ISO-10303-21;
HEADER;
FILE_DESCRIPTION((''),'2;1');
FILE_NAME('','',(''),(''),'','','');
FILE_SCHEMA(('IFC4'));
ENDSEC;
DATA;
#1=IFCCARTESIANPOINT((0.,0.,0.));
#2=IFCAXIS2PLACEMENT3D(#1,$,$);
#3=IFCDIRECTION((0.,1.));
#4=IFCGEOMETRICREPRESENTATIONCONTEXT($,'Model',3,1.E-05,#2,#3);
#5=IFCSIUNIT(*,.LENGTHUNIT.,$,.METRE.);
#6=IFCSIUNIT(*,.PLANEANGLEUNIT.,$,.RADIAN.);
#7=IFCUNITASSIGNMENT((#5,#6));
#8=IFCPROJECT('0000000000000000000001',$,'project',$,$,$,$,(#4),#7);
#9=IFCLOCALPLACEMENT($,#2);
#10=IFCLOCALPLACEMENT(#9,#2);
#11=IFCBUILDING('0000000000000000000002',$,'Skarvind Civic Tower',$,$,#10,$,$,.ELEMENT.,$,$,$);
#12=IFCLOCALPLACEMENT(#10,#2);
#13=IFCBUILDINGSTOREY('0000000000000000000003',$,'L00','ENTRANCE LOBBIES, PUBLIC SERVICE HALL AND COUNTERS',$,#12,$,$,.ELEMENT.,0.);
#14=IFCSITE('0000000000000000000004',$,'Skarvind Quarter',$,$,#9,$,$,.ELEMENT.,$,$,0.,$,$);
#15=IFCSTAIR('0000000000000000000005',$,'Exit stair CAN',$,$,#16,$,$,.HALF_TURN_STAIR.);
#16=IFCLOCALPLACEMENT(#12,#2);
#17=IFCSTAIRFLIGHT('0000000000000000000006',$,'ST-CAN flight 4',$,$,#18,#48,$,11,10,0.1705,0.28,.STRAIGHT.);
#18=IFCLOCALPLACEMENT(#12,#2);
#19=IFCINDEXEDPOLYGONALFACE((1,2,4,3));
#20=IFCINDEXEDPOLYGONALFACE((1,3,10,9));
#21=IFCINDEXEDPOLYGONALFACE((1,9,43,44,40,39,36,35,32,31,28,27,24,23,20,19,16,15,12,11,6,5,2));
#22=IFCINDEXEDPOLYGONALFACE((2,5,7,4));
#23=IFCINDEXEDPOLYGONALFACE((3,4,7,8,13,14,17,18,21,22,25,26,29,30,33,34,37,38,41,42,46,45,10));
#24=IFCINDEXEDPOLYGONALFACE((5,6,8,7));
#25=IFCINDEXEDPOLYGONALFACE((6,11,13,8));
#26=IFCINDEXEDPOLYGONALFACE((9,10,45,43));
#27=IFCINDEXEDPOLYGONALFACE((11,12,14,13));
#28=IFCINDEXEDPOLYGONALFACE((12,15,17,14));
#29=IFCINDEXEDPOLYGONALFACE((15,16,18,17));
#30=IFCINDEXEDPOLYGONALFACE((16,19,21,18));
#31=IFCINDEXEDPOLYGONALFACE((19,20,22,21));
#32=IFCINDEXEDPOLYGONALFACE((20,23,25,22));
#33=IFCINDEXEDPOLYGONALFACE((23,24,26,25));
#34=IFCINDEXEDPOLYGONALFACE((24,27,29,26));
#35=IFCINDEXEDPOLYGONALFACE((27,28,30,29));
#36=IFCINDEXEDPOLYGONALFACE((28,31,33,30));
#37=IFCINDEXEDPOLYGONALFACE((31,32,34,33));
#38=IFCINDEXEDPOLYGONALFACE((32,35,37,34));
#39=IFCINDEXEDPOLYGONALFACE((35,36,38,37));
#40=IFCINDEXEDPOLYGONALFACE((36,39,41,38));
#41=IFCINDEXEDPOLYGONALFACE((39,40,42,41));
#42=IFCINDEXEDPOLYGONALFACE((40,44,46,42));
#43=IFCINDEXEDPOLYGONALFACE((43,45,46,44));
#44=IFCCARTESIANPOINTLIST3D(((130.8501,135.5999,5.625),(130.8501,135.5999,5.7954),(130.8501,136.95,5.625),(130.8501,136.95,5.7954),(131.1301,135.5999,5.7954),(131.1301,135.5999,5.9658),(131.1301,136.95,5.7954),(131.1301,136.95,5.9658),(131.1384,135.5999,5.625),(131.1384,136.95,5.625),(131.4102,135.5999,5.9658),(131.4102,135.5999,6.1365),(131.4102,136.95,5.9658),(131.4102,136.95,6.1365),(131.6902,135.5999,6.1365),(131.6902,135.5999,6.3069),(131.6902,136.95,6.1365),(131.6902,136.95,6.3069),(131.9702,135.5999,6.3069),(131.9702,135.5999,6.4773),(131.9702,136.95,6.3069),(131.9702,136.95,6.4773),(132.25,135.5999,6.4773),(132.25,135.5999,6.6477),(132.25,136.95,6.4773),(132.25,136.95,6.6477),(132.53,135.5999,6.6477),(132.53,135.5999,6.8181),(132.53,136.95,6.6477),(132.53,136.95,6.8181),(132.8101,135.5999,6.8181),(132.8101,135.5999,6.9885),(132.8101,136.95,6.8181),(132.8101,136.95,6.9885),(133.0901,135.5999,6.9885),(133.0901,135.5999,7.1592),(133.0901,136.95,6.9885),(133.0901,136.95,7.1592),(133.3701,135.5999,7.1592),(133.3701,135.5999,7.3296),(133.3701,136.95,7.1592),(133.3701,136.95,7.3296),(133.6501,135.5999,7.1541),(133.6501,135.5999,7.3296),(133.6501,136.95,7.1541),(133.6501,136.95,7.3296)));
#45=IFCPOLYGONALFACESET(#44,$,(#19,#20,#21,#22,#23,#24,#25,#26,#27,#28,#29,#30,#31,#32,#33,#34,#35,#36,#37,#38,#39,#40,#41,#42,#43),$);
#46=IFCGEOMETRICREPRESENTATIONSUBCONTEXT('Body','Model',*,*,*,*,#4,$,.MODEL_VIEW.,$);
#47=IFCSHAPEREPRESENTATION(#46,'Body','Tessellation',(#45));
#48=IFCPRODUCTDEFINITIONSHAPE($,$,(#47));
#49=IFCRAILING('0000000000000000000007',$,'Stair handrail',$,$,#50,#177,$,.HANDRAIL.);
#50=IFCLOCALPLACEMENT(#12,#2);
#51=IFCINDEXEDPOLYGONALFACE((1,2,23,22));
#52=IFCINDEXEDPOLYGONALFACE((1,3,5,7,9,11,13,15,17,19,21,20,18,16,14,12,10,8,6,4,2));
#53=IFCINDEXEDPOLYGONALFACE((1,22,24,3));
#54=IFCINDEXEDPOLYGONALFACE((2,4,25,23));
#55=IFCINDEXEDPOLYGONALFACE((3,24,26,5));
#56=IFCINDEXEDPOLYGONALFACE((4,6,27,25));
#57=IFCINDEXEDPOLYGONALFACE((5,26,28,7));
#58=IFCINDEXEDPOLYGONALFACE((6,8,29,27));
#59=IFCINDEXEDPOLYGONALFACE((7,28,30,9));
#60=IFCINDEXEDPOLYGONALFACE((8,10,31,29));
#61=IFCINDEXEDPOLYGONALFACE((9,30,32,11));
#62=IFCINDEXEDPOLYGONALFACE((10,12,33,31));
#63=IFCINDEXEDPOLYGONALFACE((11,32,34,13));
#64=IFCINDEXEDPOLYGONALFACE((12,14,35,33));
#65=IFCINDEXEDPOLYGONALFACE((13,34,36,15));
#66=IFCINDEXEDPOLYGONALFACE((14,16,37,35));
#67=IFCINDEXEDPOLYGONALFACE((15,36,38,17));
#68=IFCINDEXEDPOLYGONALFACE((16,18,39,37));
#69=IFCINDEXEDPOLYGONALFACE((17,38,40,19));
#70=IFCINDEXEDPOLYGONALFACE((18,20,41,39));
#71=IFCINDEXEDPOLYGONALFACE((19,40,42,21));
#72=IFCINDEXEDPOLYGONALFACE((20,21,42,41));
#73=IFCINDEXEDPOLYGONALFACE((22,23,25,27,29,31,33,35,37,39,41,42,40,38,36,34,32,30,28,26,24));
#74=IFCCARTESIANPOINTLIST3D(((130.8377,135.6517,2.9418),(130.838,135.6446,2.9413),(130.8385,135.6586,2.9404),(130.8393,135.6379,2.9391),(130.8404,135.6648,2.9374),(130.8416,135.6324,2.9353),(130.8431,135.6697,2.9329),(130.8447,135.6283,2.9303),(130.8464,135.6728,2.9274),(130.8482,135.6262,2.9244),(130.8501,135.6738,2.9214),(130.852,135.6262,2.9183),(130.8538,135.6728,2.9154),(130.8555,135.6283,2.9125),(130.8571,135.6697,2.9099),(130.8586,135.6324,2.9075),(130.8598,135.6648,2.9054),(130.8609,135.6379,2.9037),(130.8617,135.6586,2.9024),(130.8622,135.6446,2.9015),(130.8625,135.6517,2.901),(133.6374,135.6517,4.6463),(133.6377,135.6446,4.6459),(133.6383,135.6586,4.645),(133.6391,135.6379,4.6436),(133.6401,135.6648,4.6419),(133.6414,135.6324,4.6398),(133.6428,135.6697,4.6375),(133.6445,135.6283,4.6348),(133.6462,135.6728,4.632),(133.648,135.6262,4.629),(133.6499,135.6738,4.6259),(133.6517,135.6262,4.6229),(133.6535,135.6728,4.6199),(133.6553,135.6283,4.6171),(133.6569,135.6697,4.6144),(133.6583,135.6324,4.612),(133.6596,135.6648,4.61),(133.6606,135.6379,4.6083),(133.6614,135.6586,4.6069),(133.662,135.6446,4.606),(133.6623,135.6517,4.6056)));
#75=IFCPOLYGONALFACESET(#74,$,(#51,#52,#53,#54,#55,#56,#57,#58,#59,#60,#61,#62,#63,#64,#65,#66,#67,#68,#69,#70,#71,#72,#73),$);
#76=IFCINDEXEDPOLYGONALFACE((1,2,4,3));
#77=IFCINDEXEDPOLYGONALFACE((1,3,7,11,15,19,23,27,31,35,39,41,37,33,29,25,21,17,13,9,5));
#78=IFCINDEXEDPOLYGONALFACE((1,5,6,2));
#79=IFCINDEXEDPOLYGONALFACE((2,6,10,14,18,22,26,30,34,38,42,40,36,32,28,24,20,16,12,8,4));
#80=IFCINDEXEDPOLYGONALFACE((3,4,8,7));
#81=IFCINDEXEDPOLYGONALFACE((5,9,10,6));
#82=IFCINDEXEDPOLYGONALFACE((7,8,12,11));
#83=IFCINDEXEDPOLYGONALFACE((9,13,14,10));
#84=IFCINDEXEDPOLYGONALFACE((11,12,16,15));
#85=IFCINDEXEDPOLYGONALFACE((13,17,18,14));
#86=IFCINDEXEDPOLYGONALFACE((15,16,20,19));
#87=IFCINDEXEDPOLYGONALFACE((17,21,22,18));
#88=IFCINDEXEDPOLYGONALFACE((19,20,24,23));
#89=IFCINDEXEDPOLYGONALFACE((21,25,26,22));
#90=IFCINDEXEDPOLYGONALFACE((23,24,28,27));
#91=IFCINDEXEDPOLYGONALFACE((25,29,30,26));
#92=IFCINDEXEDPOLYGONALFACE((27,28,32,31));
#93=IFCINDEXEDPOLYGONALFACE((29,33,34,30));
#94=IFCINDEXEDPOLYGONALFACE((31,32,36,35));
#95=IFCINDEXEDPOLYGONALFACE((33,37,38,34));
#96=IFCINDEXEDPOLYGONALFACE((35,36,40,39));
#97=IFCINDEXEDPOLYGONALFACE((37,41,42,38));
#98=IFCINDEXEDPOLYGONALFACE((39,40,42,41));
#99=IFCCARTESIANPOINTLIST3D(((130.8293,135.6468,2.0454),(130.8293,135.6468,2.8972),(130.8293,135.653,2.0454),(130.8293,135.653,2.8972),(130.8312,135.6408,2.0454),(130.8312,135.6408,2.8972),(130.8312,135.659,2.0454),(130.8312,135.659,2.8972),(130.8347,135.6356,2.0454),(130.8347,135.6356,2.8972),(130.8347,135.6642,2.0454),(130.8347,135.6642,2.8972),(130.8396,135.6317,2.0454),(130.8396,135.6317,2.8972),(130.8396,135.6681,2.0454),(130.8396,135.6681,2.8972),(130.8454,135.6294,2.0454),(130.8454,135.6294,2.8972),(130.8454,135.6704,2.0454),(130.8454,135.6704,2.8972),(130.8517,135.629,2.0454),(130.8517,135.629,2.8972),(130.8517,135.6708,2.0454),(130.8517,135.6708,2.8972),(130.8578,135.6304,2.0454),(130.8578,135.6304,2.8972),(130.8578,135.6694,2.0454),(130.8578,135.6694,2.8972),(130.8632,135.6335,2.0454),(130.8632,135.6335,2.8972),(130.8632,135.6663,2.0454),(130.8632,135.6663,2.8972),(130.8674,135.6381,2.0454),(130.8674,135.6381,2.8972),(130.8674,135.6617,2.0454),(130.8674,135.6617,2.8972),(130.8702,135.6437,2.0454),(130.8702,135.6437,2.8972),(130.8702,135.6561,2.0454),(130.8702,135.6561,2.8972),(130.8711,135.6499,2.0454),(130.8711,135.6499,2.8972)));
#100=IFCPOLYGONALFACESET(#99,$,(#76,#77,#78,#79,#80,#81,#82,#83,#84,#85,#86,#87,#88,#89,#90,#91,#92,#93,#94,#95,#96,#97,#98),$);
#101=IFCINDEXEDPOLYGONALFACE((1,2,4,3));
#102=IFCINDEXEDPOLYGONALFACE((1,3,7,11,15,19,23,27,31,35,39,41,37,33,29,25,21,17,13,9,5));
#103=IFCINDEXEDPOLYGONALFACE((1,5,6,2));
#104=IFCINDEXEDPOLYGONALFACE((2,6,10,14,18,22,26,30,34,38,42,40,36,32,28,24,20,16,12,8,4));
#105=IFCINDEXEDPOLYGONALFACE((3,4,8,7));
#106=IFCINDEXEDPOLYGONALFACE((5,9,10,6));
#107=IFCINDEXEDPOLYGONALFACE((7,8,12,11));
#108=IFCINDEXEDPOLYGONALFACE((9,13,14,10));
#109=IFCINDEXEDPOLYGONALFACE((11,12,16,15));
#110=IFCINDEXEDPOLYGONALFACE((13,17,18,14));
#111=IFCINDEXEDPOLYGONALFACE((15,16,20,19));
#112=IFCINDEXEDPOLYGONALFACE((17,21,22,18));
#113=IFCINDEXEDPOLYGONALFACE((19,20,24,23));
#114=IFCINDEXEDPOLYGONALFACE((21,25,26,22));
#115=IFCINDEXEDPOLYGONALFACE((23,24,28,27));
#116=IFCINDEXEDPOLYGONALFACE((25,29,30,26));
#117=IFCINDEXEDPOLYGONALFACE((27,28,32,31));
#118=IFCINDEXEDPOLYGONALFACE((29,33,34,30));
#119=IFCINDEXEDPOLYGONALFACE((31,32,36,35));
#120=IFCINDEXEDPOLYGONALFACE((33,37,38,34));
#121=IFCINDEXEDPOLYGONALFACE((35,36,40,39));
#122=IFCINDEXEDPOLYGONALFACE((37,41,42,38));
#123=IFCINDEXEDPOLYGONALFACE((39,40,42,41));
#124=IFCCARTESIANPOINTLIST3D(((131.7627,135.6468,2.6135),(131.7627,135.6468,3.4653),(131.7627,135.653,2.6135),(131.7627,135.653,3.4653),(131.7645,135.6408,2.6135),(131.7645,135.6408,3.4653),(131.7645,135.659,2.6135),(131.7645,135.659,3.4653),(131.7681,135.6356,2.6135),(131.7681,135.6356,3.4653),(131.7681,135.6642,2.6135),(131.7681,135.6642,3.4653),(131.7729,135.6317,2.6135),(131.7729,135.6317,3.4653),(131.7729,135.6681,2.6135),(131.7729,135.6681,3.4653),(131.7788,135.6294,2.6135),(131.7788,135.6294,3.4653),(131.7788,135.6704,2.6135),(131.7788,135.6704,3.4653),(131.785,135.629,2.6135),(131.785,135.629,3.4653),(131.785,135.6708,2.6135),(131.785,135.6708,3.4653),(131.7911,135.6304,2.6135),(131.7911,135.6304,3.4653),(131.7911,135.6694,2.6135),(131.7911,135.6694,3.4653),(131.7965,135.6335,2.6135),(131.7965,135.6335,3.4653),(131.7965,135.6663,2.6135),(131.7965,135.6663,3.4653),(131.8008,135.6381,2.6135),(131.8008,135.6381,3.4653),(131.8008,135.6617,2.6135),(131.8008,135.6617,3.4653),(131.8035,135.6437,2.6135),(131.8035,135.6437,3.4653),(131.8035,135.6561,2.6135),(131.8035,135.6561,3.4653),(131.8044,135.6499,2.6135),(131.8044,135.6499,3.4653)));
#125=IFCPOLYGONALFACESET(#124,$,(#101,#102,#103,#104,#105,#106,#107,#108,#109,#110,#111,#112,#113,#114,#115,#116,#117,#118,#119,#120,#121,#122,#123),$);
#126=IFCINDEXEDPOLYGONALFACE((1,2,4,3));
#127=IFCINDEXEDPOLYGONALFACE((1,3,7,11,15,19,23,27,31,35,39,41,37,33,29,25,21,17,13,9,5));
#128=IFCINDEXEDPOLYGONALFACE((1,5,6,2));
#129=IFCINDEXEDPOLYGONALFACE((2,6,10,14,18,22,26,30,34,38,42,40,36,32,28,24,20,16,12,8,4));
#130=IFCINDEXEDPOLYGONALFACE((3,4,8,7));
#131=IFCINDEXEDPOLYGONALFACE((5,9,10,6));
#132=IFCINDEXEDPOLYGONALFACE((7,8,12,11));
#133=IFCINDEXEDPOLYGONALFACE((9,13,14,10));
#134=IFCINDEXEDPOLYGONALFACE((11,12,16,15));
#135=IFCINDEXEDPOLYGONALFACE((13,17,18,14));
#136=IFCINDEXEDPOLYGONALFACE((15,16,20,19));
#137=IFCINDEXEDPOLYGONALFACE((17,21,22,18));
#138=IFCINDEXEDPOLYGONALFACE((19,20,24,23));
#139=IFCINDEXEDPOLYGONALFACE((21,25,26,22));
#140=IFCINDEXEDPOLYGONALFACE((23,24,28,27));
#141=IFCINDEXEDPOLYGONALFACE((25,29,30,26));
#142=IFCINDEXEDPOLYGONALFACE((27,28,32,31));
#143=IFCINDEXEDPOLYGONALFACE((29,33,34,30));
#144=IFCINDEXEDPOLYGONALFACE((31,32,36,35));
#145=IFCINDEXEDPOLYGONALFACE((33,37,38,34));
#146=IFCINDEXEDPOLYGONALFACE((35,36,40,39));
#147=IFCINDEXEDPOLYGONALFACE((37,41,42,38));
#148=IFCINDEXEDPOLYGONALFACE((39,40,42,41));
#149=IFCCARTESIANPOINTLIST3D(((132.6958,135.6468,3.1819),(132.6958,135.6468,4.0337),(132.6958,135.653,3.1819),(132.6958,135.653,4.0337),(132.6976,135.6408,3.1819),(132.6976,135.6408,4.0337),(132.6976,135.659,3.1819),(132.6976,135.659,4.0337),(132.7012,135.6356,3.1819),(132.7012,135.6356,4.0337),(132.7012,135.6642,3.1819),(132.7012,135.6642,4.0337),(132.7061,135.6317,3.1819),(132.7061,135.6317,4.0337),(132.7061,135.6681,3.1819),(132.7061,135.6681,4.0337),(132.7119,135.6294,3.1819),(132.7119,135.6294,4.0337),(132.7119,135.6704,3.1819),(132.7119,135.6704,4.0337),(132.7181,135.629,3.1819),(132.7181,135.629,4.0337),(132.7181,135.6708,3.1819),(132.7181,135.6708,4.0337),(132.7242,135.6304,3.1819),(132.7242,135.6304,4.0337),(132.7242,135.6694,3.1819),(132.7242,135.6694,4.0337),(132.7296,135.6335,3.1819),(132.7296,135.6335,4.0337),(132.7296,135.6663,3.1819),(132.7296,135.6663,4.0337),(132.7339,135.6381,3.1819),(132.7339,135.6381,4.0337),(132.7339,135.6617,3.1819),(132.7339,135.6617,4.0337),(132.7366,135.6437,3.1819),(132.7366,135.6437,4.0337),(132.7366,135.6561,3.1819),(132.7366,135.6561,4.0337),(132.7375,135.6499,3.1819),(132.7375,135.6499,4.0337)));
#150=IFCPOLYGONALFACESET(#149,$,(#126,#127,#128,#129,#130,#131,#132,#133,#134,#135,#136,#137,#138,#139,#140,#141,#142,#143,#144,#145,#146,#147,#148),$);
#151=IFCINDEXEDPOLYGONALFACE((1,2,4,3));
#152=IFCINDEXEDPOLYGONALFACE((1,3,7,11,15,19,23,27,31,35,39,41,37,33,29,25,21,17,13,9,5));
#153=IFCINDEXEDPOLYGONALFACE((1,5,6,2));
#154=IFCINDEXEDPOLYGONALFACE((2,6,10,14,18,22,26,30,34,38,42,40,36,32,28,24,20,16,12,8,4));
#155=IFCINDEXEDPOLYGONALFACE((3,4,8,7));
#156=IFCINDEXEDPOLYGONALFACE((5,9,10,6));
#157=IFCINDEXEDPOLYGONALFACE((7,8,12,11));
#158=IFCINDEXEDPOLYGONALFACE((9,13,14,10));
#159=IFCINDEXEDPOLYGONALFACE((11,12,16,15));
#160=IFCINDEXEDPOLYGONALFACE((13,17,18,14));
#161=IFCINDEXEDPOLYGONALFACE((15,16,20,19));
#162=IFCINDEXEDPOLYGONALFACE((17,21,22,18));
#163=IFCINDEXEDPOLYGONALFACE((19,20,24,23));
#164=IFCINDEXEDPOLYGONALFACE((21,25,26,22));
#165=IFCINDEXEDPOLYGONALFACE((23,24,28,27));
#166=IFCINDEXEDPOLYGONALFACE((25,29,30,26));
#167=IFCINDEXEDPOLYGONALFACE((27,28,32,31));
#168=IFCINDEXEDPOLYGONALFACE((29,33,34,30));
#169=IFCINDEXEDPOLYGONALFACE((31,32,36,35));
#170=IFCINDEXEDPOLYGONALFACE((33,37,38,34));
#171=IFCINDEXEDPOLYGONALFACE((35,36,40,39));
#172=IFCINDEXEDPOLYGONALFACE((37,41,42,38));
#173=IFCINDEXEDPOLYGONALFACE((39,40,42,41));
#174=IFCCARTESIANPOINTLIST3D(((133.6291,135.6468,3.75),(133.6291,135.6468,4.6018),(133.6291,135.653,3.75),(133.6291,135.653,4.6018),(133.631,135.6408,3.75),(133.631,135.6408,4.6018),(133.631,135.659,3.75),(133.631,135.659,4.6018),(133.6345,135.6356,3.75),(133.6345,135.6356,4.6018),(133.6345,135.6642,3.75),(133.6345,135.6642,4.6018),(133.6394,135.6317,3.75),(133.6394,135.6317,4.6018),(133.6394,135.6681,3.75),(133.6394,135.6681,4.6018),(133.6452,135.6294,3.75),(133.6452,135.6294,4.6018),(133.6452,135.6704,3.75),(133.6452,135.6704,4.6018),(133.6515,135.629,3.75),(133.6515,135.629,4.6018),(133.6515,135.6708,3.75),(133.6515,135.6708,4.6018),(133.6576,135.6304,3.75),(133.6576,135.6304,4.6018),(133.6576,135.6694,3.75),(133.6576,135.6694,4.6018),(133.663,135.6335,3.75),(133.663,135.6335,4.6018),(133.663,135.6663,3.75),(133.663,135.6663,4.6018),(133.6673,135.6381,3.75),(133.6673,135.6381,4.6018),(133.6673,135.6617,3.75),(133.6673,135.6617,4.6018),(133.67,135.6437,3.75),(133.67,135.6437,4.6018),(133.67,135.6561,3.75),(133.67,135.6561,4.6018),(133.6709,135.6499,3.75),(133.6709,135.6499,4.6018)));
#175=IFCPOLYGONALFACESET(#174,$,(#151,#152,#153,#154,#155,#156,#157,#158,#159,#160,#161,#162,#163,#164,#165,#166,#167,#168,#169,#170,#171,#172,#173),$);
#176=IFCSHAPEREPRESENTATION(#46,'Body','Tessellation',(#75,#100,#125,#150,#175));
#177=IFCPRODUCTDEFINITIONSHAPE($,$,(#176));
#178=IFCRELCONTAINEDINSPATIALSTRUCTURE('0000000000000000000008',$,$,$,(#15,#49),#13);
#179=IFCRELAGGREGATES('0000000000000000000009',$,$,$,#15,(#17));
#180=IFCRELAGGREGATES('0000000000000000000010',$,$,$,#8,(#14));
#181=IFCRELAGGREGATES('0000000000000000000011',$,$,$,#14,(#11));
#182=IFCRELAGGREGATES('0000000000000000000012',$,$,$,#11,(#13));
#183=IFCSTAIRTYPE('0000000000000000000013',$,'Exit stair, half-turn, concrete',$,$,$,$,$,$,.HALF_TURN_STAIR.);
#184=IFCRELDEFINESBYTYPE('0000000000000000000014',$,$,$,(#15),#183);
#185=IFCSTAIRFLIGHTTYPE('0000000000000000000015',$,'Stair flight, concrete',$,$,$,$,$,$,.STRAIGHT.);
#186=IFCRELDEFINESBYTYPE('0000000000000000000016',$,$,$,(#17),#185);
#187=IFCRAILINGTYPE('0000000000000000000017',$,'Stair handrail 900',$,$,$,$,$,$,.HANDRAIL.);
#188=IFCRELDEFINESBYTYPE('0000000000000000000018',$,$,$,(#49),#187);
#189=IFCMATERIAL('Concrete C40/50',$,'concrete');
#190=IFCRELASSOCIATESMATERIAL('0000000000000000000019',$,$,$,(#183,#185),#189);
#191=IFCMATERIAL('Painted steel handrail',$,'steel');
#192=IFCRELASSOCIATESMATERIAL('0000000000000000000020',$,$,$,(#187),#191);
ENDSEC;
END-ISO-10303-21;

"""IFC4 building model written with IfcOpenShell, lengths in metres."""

from ifc_helpers import new_model, si_unit, direction, frame, origin, origin_2d, place, context, subcontext, project, spatial, polyline, circle, outline, extrude, material, type_object, element, aggregate, save


model = new_model("IFC4")

# Units and contexts
model_context = context("Model", 3, precision=1e-05, world=origin(), true_north=direction((0.0, 1.0)))
body_context = subcontext(model_context, "Body", "Model", "MODEL_VIEW")
ifc_project = project(units=[si_unit("LENGTHUNIT", "METRE"), si_unit("PLANEANGLEUNIT", "RADIAN")], contexts=[model_context])

# Site, building, storey
site_placement = place(None, origin())
site = spatial("IfcSite", under=ifc_project, at=site_placement, Name="Skarvind Quarter", CompositionType="ELEMENT", RefElevation=0.0)
building_placement = place(site_placement, origin())
building = spatial("IfcBuilding", under=site, at=building_placement, Name="Skarvind Civic Tower", CompositionType="ELEMENT")
storey_placement = place(building_placement, origin())
storey = spatial("IfcBuildingStorey", under=building, at=storey_placement, Name="L00", Description="ENTRANCE LOBBIES, PUBLIC SERVICE HALL AND COUNTERS", CompositionType="ELEMENT", Elevation=0.0)

# Stair, stair flight
ifc_material_1 = material(Name="Concrete C40/50", Category="concrete")
stair_type = type_object("IfcStairType", Name="Exit stair, half-turn, concrete", PredefinedType="HALF_TURN_STAIR", material=ifc_material_1)
stair_placement = place(storey_placement, origin())
stair = element("IfcStair", 1, at=stair_placement, inside=storey, type_object=stair_type, Name="Exit stair CAN", PredefinedType="HALF_TURN_STAIR")
stair_flight_type = type_object("IfcStairFlightType", Name="Stair flight, concrete", PredefinedType="STRAIGHT", material=ifc_material_1)
stair_flight_1_placement = place(storey_placement, frame((130.8501, 136.2749, 5.625), z_axis=(0.0, 0.0, 1.0), x_axis=(1.0, 0.0, 0.0)))
stair_flight_1 = element("IfcStairFlight", 2, at=stair_flight_1_placement, type_object=stair_flight_type, Name="ST-CAN flight 4", NumberOfRisers=11, NumberOfTreads=10, PredefinedType="STRAIGHT", RiserHeight=0.1705, TreadLength=0.28, context=body_context, shape_type="SweptSolid", body=[
    extrude(outline(polyline([(0.0, 0.0), (0.0, 0.1704), (0.28, 0.1704), (0.28, 0.3408), (0.5601, 0.3408), (0.5601, 0.5115), (0.8401, 0.5115), (0.8401, 0.6819), (1.1201, 0.6819), (1.1201, 0.8523), (1.3999, 0.8523), (1.3999, 1.0227), (1.6799, 1.0227), (1.6799, 1.1931), (1.96, 1.1931), (1.96, 1.3635), (2.24, 1.3635), (2.24, 1.5342), (2.52, 1.5342), (2.52, 1.7046), (2.8, 1.7046), (2.8, 1.875), (2.8, 1.5291), (0.2883, 0.0), (0.0, 0.0)])), frame((0.0, 0.675, 0.0), z_axis=(0.0, -1.0, 0.0), x_axis=(1.0, 0.0, 0.0)), (0.0, 0.0, 1.0), 1.3501),
])
aggregate(stair, [stair_flight_1])

# Railing
ifc_material_2 = material(Name="Painted steel handrail", Category="steel")
railing_type = type_object("IfcRailingType", Name="Stair handrail 900", PredefinedType="HANDRAIL", material=ifc_material_2)
for number, where, name in (
    (3, (130.8501, 135.6499, 2.0454), "Stair handrail"),
):
    element("IfcRailing", number, at=place(storey_placement, frame(where)), inside=storey, type_object=railing_type, Name=name, PredefinedType="HANDRAIL", context=body_context, shape_type="SweptSolid", body=[
        extrude(circle(Radius=0.0239, at=origin_2d()), frame((0.0, 0.0, 0.876), z_axis=(0.85415, 0.0, 0.520027), x_axis=(0.0, 1.0, 0.0)), (0.0, 0.0, 1.0), 3.2778),
        extrude(circle(Radius=0.021, at=origin_2d()), origin(), (0.0, 0.0, 1.0), 0.8518),
        extrude(circle(Radius=0.021, at=origin_2d()), frame((0.9333, 0.0, 0.5681)), (0.0, 0.0, 1.0), 0.8518),
        extrude(circle(Radius=0.021, at=origin_2d()), frame((1.8665, 0.0, 1.1365)), (0.0, 0.0, 1.0), 0.8518),
        extrude(circle(Radius=0.021, at=origin_2d()), frame((2.7998, 0.0, 1.7046)), (0.0, 0.0, 1.0), 0.8518),
    ])

save(model, "model.ifc")
